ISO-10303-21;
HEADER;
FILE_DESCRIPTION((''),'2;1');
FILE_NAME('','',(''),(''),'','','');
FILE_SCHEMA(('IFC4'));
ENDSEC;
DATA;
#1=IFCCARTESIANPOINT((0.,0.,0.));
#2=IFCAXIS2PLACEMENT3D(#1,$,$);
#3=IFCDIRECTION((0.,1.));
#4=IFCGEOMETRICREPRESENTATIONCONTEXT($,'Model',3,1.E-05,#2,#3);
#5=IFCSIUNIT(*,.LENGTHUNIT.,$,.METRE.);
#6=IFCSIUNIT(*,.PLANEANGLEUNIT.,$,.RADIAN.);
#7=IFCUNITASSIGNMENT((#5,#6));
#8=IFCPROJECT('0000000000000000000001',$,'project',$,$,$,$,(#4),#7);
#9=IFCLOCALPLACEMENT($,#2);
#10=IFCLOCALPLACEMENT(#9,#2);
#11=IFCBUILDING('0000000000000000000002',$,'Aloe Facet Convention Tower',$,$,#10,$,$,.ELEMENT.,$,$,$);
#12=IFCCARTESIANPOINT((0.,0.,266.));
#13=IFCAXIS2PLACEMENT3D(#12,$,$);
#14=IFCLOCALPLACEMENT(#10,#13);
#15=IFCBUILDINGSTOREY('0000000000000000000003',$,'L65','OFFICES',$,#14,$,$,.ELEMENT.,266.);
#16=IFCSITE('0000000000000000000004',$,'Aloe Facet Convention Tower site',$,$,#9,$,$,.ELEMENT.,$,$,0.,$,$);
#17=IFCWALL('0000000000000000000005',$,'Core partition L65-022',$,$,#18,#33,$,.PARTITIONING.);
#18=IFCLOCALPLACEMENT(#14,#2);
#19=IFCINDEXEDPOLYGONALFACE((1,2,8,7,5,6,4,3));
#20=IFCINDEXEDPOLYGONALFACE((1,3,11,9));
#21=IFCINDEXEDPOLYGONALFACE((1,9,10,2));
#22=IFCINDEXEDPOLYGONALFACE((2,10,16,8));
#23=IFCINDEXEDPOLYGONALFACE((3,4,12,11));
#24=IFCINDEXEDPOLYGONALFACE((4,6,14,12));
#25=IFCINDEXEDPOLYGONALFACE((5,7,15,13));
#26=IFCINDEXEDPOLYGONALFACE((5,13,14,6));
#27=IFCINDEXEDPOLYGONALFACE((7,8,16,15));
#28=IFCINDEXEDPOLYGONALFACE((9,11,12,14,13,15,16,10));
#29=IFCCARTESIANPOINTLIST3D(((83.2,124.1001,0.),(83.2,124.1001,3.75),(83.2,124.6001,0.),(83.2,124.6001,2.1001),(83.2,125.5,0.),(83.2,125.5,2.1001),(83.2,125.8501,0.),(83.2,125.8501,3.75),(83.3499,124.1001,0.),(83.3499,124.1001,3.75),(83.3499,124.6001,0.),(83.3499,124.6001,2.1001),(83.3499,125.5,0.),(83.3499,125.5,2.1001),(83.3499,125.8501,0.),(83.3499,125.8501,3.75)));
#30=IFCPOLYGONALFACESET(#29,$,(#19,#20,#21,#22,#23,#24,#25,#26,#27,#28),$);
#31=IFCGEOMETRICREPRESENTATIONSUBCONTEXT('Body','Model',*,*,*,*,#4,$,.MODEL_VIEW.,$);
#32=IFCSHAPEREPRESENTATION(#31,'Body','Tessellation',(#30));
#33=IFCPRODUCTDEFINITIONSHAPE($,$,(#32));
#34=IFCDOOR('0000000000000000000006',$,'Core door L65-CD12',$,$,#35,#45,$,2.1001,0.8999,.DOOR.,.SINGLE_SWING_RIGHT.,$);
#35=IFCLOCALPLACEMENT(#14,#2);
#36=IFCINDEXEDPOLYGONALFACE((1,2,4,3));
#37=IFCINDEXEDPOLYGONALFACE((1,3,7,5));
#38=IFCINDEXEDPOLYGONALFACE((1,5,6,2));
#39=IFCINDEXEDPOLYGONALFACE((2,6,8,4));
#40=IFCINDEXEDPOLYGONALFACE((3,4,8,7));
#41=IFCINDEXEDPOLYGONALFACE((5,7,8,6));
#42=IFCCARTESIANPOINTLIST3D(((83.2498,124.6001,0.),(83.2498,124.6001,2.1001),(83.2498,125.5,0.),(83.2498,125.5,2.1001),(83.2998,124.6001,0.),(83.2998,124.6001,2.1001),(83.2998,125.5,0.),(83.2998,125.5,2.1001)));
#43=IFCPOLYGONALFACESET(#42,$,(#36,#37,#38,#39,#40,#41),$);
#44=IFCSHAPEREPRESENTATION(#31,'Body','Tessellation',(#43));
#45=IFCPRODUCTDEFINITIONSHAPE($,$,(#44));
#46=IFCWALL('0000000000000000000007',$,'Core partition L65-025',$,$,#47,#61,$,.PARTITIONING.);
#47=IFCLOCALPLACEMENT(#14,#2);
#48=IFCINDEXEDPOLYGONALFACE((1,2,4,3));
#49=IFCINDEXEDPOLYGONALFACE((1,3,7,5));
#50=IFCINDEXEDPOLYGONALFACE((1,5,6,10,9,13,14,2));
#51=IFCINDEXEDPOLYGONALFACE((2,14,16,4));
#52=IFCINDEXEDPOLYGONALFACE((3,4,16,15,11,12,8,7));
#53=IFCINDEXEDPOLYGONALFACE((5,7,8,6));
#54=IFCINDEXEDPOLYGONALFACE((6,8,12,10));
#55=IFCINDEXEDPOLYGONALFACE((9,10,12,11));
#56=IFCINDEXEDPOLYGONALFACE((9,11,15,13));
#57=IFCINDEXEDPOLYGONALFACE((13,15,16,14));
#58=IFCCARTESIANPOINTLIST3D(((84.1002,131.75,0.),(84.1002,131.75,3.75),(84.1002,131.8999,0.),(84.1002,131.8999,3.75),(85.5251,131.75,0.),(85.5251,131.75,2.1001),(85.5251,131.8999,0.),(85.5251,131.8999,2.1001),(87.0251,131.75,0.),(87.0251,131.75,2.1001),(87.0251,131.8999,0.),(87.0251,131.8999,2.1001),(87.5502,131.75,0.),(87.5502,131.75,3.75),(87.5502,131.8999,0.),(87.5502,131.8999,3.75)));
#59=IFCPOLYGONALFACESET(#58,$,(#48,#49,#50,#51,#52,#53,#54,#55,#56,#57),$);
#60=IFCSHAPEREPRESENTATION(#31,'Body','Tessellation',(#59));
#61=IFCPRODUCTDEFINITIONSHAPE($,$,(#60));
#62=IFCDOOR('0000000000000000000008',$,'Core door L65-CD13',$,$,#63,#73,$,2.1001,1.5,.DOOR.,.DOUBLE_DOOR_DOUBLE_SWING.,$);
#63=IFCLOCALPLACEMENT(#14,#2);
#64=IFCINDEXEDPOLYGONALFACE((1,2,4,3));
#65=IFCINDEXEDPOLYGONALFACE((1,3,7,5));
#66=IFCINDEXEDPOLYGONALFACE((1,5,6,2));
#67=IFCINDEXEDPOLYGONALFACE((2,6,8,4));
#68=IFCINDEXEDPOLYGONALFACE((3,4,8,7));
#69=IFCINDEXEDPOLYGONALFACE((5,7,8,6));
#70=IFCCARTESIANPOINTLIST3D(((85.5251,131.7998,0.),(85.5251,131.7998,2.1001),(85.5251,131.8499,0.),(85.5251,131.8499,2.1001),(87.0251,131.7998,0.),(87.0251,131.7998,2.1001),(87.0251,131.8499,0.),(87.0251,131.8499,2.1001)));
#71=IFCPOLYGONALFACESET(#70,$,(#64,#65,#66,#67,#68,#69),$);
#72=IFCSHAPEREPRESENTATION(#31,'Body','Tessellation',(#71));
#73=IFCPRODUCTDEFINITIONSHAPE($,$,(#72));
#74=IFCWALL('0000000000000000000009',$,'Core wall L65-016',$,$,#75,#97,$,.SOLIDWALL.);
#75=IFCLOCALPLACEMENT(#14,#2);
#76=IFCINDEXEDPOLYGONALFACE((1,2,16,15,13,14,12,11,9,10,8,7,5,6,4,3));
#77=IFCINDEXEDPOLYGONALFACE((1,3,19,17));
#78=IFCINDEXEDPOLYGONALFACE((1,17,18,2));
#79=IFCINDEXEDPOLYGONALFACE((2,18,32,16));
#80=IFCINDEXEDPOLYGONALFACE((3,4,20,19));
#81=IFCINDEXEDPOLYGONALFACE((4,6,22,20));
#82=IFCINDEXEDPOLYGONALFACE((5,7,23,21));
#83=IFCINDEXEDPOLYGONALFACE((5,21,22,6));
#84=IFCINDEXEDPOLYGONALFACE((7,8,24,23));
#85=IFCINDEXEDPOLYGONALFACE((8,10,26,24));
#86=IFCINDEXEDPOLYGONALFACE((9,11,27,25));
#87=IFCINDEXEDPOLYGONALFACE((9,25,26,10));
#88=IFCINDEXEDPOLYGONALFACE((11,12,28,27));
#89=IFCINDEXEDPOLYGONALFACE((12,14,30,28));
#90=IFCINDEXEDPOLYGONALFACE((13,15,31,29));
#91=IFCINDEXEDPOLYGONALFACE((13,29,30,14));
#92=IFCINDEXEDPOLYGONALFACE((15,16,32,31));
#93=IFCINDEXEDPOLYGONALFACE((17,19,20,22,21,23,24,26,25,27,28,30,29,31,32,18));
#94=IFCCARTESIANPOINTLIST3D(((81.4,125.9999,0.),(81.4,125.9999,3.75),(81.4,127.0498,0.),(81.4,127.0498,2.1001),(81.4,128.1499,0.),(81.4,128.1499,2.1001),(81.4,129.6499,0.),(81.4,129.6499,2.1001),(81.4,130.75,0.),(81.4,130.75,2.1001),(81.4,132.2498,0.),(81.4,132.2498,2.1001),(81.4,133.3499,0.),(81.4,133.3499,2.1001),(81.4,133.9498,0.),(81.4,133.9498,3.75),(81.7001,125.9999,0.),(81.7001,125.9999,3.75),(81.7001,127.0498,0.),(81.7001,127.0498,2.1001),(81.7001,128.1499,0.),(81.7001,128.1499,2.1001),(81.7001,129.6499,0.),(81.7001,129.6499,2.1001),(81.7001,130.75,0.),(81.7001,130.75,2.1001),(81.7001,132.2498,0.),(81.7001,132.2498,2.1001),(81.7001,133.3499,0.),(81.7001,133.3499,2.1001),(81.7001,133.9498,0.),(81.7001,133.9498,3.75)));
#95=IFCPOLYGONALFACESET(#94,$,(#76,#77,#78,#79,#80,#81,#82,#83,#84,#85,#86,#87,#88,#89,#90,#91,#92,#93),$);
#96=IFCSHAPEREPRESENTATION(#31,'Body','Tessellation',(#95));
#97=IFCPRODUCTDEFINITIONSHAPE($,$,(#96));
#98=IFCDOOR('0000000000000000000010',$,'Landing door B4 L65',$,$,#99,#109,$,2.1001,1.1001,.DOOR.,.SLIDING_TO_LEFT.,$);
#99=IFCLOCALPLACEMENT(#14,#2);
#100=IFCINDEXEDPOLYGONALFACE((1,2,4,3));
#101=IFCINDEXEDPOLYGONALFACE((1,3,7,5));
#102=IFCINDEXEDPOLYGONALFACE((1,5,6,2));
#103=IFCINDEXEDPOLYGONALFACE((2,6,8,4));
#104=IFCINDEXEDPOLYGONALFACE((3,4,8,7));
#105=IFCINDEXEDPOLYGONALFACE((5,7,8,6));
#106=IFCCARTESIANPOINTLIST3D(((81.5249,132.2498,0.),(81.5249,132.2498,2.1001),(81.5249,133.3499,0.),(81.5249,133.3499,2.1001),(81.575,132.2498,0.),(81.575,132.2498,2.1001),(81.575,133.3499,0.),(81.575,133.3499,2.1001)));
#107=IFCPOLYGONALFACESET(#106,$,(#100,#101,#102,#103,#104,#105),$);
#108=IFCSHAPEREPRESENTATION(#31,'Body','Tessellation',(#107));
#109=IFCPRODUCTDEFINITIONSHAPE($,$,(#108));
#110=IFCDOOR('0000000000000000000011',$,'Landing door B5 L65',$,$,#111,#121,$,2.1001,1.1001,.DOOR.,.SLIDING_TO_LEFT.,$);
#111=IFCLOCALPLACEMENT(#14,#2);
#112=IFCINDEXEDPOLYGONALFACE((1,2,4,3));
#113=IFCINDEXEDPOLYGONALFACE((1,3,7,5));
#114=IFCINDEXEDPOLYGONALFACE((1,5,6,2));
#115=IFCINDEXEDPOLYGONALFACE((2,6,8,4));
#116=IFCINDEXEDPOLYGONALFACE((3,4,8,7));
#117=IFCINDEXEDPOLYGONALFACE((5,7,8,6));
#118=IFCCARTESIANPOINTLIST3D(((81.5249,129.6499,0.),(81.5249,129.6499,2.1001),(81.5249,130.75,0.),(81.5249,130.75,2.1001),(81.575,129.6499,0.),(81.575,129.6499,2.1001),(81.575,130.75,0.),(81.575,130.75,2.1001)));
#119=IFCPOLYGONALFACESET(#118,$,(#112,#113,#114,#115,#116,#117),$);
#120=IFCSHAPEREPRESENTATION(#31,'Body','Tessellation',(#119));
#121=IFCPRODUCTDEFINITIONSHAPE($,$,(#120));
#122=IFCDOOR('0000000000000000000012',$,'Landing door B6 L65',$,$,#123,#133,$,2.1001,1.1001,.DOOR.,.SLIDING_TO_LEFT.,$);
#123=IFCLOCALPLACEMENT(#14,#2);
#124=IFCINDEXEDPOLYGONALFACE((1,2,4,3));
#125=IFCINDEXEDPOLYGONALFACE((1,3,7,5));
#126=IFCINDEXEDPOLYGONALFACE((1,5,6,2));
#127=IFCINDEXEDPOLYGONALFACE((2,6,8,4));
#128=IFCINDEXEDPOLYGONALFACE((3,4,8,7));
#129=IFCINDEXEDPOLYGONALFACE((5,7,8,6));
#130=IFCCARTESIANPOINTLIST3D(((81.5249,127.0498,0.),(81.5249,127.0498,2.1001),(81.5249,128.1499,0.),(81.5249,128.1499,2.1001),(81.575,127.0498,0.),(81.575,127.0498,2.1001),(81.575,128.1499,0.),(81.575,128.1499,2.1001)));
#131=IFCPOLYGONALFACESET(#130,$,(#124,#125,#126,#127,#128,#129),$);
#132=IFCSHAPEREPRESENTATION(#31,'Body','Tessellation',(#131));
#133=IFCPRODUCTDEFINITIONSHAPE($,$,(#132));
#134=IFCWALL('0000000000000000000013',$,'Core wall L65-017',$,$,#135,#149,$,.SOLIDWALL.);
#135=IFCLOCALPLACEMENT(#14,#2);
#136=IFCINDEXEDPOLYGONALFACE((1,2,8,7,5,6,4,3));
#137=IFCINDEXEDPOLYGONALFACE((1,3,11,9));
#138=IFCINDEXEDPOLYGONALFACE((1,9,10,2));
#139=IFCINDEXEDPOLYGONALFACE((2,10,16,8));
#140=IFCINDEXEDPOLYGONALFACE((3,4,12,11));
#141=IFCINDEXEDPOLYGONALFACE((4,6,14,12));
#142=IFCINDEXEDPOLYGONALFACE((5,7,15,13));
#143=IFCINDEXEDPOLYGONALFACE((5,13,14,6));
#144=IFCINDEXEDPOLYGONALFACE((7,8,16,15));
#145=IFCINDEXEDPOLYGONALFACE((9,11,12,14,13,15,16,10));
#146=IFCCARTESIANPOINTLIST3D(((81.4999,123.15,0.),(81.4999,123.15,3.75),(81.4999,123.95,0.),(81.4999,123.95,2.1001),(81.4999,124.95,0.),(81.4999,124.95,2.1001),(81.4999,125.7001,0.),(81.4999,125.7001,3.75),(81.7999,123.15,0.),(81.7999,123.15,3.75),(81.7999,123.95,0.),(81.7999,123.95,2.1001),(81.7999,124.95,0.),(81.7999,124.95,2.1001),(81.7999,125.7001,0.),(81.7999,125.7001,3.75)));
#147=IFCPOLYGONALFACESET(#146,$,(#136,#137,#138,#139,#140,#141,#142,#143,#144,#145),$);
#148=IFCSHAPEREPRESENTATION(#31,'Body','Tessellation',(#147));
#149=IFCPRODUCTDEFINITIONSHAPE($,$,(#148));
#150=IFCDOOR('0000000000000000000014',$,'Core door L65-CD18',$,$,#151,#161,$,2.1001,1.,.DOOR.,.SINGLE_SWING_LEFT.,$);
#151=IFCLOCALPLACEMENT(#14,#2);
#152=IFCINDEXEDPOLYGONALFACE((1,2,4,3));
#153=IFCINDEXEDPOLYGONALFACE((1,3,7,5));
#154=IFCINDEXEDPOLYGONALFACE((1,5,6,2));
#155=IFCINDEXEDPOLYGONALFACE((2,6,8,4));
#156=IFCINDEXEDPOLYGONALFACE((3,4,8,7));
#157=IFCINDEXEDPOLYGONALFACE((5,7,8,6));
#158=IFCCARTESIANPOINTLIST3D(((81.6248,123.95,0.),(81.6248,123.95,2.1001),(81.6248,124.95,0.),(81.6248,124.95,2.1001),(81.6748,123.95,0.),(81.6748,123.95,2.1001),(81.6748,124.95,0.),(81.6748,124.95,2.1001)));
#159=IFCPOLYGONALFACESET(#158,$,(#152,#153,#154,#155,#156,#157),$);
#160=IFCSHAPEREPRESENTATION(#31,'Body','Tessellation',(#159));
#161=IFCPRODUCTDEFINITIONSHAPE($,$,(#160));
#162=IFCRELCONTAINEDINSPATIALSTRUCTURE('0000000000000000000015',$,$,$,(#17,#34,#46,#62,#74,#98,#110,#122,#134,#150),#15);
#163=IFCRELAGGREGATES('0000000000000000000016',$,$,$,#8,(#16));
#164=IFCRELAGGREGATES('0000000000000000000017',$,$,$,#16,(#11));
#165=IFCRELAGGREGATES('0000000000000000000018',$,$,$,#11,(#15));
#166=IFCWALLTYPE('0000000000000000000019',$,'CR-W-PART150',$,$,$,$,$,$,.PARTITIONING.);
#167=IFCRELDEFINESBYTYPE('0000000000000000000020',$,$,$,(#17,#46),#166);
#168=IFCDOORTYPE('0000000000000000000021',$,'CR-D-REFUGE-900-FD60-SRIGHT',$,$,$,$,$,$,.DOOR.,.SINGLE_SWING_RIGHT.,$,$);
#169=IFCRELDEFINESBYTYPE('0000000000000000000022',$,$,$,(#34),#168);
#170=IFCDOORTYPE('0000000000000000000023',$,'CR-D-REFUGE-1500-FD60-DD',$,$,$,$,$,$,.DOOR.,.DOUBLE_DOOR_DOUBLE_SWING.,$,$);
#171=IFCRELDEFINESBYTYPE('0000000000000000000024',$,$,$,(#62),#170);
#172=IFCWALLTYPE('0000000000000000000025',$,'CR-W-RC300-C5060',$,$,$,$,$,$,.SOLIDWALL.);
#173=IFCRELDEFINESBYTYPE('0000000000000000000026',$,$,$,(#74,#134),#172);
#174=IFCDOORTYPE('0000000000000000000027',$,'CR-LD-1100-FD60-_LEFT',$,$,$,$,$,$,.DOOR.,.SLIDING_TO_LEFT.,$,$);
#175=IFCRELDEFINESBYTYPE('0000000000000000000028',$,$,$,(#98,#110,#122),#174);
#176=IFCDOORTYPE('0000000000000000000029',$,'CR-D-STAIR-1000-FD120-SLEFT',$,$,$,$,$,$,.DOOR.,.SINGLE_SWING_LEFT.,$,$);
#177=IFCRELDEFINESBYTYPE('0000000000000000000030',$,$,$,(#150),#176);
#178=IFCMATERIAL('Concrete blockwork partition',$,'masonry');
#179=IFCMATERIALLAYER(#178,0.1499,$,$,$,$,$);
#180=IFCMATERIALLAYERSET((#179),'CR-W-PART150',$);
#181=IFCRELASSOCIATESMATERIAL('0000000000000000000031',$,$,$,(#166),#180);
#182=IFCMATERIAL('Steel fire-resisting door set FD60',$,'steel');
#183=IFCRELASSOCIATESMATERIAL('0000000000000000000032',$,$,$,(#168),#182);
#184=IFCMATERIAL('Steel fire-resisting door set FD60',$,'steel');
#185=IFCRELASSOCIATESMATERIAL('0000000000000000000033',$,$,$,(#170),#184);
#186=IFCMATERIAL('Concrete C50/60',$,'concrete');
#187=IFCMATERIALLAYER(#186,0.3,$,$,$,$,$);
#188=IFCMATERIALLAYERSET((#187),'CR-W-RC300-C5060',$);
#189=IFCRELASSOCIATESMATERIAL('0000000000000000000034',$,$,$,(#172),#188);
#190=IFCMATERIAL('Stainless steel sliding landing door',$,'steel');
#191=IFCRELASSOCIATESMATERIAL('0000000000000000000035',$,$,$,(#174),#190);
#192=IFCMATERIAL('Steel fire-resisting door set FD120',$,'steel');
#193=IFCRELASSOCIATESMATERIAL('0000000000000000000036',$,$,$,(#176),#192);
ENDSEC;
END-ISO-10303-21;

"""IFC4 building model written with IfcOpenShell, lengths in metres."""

from ifc_helpers import new_model, si_unit, direction, frame, frame_2d, origin, place, context, subcontext, project, spatial, rectangle, extrude, material, layer, layer_set, type_object, element, fill, save


model = new_model("IFC4")

# Units and contexts
model_context = context("Model", 3, precision=1e-05, world=origin(), true_north=direction((0.0, 1.0)))
body_context = subcontext(model_context, "Body", "Model", "MODEL_VIEW")
ifc_project = project(units=[si_unit("LENGTHUNIT", "METRE"), si_unit("PLANEANGLEUNIT", "RADIAN")], contexts=[model_context])

# Site, building, storey
site_placement = place(None, origin())
site = spatial("IfcSite", under=ifc_project, at=site_placement, Name="Aloe Facet Convention Tower site", CompositionType="ELEMENT", RefElevation=0.0)
building_placement = place(site_placement, origin())
building = spatial("IfcBuilding", under=site, at=building_placement, Name="Aloe Facet Convention Tower", CompositionType="ELEMENT")
storey_placement = place(building_placement, frame((0.0, 0.0, 266.0)))
storey = spatial("IfcBuildingStorey", under=building, at=storey_placement, Name="L65", Description="OFFICES", CompositionType="ELEMENT", Elevation=266.0)

# Walls, openings, doors
ifc_material_1 = material(Name="Concrete blockwork partition", Category="masonry")
ifc_layer_1 = layer(ifc_material_1, 0.1499)
ifc_layer_set_1 = layer_set([ifc_layer_1], Name="CR-W-PART150")
wall_type_1 = type_object("IfcWallType", Name="CR-W-PART150", PredefinedType="PARTITIONING", material=ifc_layer_set_1)
wall_1_placement = place(storey_placement, frame((83.2749, 125.8501, 0.0), z_axis=(0.0, 0.0, 1.0), x_axis=(0.0, -1.0, 0.0)))
wall_1 = element("IfcWall", 1, at=wall_1_placement, inside=storey, type_object=wall_type_1, Name="Core partition L65-022", PredefinedType="PARTITIONING", context=body_context, shape_type="SweptSolid", body=[
    extrude(rectangle(XDim=1.75, YDim=0.1499, at=frame_2d((0.875, 0.0))), origin(), (0.0, 0.0, 1.0), 3.75),
])
opening_1_placement = place(wall_1_placement, frame((0.3501, 0.0, 0.0)))
opening_1 = element("IfcOpeningElement", 2, at=opening_1_placement, cuts=wall_1, PredefinedType="OPENING", context=body_context, shape_type="SweptSolid", body=[
    extrude(rectangle(XDim=0.8999, YDim=2.1001, at=frame_2d((0.45, 1.05))), frame((0.0, 0.085, 0.0), z_axis=(0.0, -1.0, 0.0), x_axis=(1.0, 0.0, 0.0)), (0.0, 0.0, 1.0), 0.1699),
])
ifc_material_2 = material(Name="Steel fire-resisting door set FD60", Category="steel")
door_type_1 = type_object("IfcDoorType", Name="CR-D-REFUGE-900-FD60-SRIGHT", OperationType="SINGLE_SWING_RIGHT", PredefinedType="DOOR", material=ifc_material_2)
door_1_placement = place(opening_1_placement, origin())
door_1 = element("IfcDoor", 3, at=door_1_placement, inside=storey, type_object=door_type_1, Name="Core door L65-CD12", OperationType="SINGLE_SWING_RIGHT", OverallHeight=2.1001, OverallWidth=0.8999, PredefinedType="DOOR", context=body_context, shape_type="SweptSolid", body=[
    extrude(rectangle(XDim=0.8999, YDim=2.1001, at=frame_2d((0.45, 1.05))), frame((0.0, 0.0249, 0.0), z_axis=(0.0, -1.0, 0.0), x_axis=(1.0, 0.0, 0.0)), (0.0, 0.0, 1.0), 0.05),
])
fill(opening_1, door_1)
wall_2_placement = place(storey_placement, frame((84.1001, 131.825, 0.0), z_axis=(0.0, 0.0, 1.0), x_axis=(1.0, 0.0, 0.0)))
wall_2 = element("IfcWall", 4, at=wall_2_placement, inside=storey, type_object=wall_type_1, Name="Core partition L65-025", PredefinedType="PARTITIONING", context=body_context, shape_type="SweptSolid", body=[
    extrude(rectangle(XDim=3.45, YDim=0.1499, at=frame_2d((1.7251, 0.0))), origin(), (0.0, 0.0, 1.0), 3.75),
])
opening_2_placement = place(wall_2_placement, frame((1.425, 0.0, 0.0)))
opening_2 = element("IfcOpeningElement", 5, at=opening_2_placement, cuts=wall_2, PredefinedType="OPENING", context=body_context, shape_type="SweptSolid", body=[
    extrude(rectangle(XDim=1.5, YDim=2.1001, at=frame_2d((0.75, 1.05))), frame((0.0, 0.085, 0.0), z_axis=(0.0, -1.0, 0.0), x_axis=(1.0, 0.0, 0.0)), (0.0, 0.0, 1.0), 0.1699),
])
ifc_material_3 = material(Name="Steel fire-resisting door set FD60", Category="steel")
door_type_2 = type_object("IfcDoorType", Name="CR-D-REFUGE-1500-FD60-DD", OperationType="DOUBLE_DOOR_DOUBLE_SWING", PredefinedType="DOOR", material=ifc_material_3)
door_2_placement = place(opening_2_placement, origin())
door_2 = element("IfcDoor", 6, at=door_2_placement, inside=storey, type_object=door_type_2, Name="Core door L65-CD13", OperationType="DOUBLE_DOOR_DOUBLE_SWING", OverallHeight=2.1001, OverallWidth=1.5, PredefinedType="DOOR", context=body_context, shape_type="SweptSolid", body=[
    extrude(rectangle(XDim=1.5, YDim=2.1001, at=frame_2d((0.75, 1.05))), frame((0.0, 0.0249, 0.0), z_axis=(0.0, -1.0, 0.0), x_axis=(1.0, 0.0, 0.0)), (0.0, 0.0, 1.0), 0.05),
])
fill(opening_2, door_2)

# Wall, openings, doors
ifc_material_4 = material(Name="Concrete C50/60", Category="concrete")
ifc_layer_2 = layer(ifc_material_4, 0.3)
ifc_layer_set_2 = layer_set([ifc_layer_2], Name="CR-W-RC300-C5060")
wall_type_2 = type_object("IfcWallType", Name="CR-W-RC300-C5060", PredefinedType="SOLIDWALL", material=ifc_layer_set_2)
wall_3_placement = place(storey_placement, frame((81.55, 133.95, 0.0), z_axis=(0.0, 0.0, 1.0), x_axis=(0.0, -1.0, 0.0)))
wall_3 = element("IfcWall", 7, at=wall_3_placement, inside=storey, type_object=wall_type_2, Name="Core wall L65-016", PredefinedType="SOLIDWALL", context=body_context, shape_type="SweptSolid", body=[
    extrude(rectangle(XDim=7.95, YDim=0.3, at=frame_2d((3.9751, 0.0))), origin(), (0.0, 0.0, 1.0), 3.75),
])
opening_3_placement = place(wall_3_placement, frame((0.6001, 0.0, 0.0)))
opening_3 = element("IfcOpeningElement", 8, at=opening_3_placement, cuts=wall_3, PredefinedType="OPENING", context=body_context, shape_type="SweptSolid", body=[
    extrude(rectangle(XDim=1.1001, YDim=2.1001, at=frame_2d((0.55, 1.05))), frame((0.0, 0.1602, 0.0), z_axis=(0.0, -1.0, 0.0), x_axis=(1.0, 0.0, 0.0)), (0.0, 0.0, 1.0), 0.3201),
])
opening_4_placement = place(wall_3_placement, frame((3.2, 0.0, 0.0)))
opening_4 = element("IfcOpeningElement", 9, at=opening_4_placement, cuts=wall_3, PredefinedType="OPENING", context=body_context, shape_type="SweptSolid", body=[
    extrude(rectangle(XDim=1.1001, YDim=2.1001, at=frame_2d((0.55, 1.05))), frame((0.0, 0.1602, 0.0), z_axis=(0.0, -1.0, 0.0), x_axis=(1.0, 0.0, 0.0)), (0.0, 0.0, 1.0), 0.3201),
])
opening_5_placement = place(wall_3_placement, frame((5.8, 0.0, 0.0)))
opening_5 = element("IfcOpeningElement", 10, at=opening_5_placement, cuts=wall_3, PredefinedType="OPENING", context=body_context, shape_type="SweptSolid", body=[
    extrude(rectangle(XDim=1.1001, YDim=2.1001, at=frame_2d((0.55, 1.05))), frame((0.0, 0.1602, 0.0), z_axis=(0.0, -1.0, 0.0), x_axis=(1.0, 0.0, 0.0)), (0.0, 0.0, 1.0), 0.3201),
])
ifc_material_5 = material(Name="Stainless steel sliding landing door", Category="steel")
door_type_3 = type_object("IfcDoorType", Name="CR-LD-1100-FD60-_LEFT", OperationType="SLIDING_TO_LEFT", PredefinedType="DOOR", material=ifc_material_5)
door_3_placement = place(opening_3_placement, origin())
door_3 = element("IfcDoor", 11, at=door_3_placement, inside=storey, type_object=door_type_3, Name="Landing door B4 L65", OperationType="SLIDING_TO_LEFT", OverallHeight=2.1001, OverallWidth=1.1001, PredefinedType="DOOR", context=body_context, shape_type="SweptSolid", body=[
    extrude(rectangle(XDim=1.1001, YDim=2.1001, at=frame_2d((0.55, 1.05))), frame((0.0, 0.0249, 0.0), z_axis=(0.0, -1.0, 0.0), x_axis=(1.0, 0.0, 0.0)), (0.0, 0.0, 1.0), 0.05),
])
fill(opening_3, door_3)
door_4_placement = place(opening_4_placement, origin())
door_4 = element("IfcDoor", 12, at=door_4_placement, inside=storey, type_object=door_type_3, Name="Landing door B5 L65", OperationType="SLIDING_TO_LEFT", OverallHeight=2.1001, OverallWidth=1.1001, PredefinedType="DOOR", context=body_context, shape_type="SweptSolid", body=[
    extrude(rectangle(XDim=1.1001, YDim=2.1001, at=frame_2d((0.55, 1.05))), frame((0.0, 0.0249, 0.0), z_axis=(0.0, -1.0, 0.0), x_axis=(1.0, 0.0, 0.0)), (0.0, 0.0, 1.0), 0.05),
])
fill(opening_4, door_4)
door_5_placement = place(opening_5_placement, origin())
door_5 = element("IfcDoor", 13, at=door_5_placement, inside=storey, type_object=door_type_3, Name="Landing door B6 L65", OperationType="SLIDING_TO_LEFT", OverallHeight=2.1001, OverallWidth=1.1001, PredefinedType="DOOR", context=body_context, shape_type="SweptSolid", body=[
    extrude(rectangle(XDim=1.1001, YDim=2.1001, at=frame_2d((0.55, 1.05))), frame((0.0, 0.0249, 0.0), z_axis=(0.0, -1.0, 0.0), x_axis=(1.0, 0.0, 0.0)), (0.0, 0.0, 1.0), 0.05),
])
fill(opening_5, door_5)

# Wall, opening, door
wall_4_placement = place(storey_placement, frame((81.6499, 125.7, 0.0), z_axis=(0.0, 0.0, 1.0), x_axis=(0.0, -1.0, 0.0)))
wall_4 = element("IfcWall", 14, at=wall_4_placement, inside=storey, type_object=wall_type_2, Name="Core wall L65-017", PredefinedType="SOLIDWALL", context=body_context, shape_type="SweptSolid", body=[
    extrude(rectangle(XDim=2.55, YDim=0.3, at=frame_2d((1.2749, 0.0))), origin(), (0.0, 0.0, 1.0), 3.75),
])
opening_6_placement = place(wall_4_placement, frame((0.75, 0.0, 0.0)))
opening_6 = element("IfcOpeningElement", 15, at=opening_6_placement, cuts=wall_4, PredefinedType="OPENING", context=body_context, shape_type="SweptSolid", body=[
    extrude(rectangle(XDim=1.0, YDim=2.1001, at=frame_2d((0.5, 1.05))), frame((0.0, 0.1602, 0.0), z_axis=(0.0, -1.0, 0.0), x_axis=(1.0, 0.0, 0.0)), (0.0, 0.0, 1.0), 0.3201),
])
ifc_material_6 = material(Name="Steel fire-resisting door set FD120", Category="steel")
door_type_4 = type_object("IfcDoorType", Name="CR-D-STAIR-1000-FD120-SLEFT", OperationType="SINGLE_SWING_LEFT", PredefinedType="DOOR", material=ifc_material_6)
door_6_placement = place(opening_6_placement, origin())
door_6 = element("IfcDoor", 16, at=door_6_placement, inside=storey, type_object=door_type_4, Name="Core door L65-CD18", OperationType="SINGLE_SWING_LEFT", OverallHeight=2.1001, OverallWidth=1.0, PredefinedType="DOOR", context=body_context, shape_type="SweptSolid", body=[
    extrude(rectangle(XDim=1.0, YDim=2.1001, at=frame_2d((0.5, 1.05))), frame((0.0, 0.0249, 0.0), z_axis=(0.0, -1.0, 0.0), x_axis=(1.0, 0.0, 0.0)), (0.0, 0.0, 1.0), 0.05),
])
fill(opening_6, door_6)

save(model, "model.ifc")
